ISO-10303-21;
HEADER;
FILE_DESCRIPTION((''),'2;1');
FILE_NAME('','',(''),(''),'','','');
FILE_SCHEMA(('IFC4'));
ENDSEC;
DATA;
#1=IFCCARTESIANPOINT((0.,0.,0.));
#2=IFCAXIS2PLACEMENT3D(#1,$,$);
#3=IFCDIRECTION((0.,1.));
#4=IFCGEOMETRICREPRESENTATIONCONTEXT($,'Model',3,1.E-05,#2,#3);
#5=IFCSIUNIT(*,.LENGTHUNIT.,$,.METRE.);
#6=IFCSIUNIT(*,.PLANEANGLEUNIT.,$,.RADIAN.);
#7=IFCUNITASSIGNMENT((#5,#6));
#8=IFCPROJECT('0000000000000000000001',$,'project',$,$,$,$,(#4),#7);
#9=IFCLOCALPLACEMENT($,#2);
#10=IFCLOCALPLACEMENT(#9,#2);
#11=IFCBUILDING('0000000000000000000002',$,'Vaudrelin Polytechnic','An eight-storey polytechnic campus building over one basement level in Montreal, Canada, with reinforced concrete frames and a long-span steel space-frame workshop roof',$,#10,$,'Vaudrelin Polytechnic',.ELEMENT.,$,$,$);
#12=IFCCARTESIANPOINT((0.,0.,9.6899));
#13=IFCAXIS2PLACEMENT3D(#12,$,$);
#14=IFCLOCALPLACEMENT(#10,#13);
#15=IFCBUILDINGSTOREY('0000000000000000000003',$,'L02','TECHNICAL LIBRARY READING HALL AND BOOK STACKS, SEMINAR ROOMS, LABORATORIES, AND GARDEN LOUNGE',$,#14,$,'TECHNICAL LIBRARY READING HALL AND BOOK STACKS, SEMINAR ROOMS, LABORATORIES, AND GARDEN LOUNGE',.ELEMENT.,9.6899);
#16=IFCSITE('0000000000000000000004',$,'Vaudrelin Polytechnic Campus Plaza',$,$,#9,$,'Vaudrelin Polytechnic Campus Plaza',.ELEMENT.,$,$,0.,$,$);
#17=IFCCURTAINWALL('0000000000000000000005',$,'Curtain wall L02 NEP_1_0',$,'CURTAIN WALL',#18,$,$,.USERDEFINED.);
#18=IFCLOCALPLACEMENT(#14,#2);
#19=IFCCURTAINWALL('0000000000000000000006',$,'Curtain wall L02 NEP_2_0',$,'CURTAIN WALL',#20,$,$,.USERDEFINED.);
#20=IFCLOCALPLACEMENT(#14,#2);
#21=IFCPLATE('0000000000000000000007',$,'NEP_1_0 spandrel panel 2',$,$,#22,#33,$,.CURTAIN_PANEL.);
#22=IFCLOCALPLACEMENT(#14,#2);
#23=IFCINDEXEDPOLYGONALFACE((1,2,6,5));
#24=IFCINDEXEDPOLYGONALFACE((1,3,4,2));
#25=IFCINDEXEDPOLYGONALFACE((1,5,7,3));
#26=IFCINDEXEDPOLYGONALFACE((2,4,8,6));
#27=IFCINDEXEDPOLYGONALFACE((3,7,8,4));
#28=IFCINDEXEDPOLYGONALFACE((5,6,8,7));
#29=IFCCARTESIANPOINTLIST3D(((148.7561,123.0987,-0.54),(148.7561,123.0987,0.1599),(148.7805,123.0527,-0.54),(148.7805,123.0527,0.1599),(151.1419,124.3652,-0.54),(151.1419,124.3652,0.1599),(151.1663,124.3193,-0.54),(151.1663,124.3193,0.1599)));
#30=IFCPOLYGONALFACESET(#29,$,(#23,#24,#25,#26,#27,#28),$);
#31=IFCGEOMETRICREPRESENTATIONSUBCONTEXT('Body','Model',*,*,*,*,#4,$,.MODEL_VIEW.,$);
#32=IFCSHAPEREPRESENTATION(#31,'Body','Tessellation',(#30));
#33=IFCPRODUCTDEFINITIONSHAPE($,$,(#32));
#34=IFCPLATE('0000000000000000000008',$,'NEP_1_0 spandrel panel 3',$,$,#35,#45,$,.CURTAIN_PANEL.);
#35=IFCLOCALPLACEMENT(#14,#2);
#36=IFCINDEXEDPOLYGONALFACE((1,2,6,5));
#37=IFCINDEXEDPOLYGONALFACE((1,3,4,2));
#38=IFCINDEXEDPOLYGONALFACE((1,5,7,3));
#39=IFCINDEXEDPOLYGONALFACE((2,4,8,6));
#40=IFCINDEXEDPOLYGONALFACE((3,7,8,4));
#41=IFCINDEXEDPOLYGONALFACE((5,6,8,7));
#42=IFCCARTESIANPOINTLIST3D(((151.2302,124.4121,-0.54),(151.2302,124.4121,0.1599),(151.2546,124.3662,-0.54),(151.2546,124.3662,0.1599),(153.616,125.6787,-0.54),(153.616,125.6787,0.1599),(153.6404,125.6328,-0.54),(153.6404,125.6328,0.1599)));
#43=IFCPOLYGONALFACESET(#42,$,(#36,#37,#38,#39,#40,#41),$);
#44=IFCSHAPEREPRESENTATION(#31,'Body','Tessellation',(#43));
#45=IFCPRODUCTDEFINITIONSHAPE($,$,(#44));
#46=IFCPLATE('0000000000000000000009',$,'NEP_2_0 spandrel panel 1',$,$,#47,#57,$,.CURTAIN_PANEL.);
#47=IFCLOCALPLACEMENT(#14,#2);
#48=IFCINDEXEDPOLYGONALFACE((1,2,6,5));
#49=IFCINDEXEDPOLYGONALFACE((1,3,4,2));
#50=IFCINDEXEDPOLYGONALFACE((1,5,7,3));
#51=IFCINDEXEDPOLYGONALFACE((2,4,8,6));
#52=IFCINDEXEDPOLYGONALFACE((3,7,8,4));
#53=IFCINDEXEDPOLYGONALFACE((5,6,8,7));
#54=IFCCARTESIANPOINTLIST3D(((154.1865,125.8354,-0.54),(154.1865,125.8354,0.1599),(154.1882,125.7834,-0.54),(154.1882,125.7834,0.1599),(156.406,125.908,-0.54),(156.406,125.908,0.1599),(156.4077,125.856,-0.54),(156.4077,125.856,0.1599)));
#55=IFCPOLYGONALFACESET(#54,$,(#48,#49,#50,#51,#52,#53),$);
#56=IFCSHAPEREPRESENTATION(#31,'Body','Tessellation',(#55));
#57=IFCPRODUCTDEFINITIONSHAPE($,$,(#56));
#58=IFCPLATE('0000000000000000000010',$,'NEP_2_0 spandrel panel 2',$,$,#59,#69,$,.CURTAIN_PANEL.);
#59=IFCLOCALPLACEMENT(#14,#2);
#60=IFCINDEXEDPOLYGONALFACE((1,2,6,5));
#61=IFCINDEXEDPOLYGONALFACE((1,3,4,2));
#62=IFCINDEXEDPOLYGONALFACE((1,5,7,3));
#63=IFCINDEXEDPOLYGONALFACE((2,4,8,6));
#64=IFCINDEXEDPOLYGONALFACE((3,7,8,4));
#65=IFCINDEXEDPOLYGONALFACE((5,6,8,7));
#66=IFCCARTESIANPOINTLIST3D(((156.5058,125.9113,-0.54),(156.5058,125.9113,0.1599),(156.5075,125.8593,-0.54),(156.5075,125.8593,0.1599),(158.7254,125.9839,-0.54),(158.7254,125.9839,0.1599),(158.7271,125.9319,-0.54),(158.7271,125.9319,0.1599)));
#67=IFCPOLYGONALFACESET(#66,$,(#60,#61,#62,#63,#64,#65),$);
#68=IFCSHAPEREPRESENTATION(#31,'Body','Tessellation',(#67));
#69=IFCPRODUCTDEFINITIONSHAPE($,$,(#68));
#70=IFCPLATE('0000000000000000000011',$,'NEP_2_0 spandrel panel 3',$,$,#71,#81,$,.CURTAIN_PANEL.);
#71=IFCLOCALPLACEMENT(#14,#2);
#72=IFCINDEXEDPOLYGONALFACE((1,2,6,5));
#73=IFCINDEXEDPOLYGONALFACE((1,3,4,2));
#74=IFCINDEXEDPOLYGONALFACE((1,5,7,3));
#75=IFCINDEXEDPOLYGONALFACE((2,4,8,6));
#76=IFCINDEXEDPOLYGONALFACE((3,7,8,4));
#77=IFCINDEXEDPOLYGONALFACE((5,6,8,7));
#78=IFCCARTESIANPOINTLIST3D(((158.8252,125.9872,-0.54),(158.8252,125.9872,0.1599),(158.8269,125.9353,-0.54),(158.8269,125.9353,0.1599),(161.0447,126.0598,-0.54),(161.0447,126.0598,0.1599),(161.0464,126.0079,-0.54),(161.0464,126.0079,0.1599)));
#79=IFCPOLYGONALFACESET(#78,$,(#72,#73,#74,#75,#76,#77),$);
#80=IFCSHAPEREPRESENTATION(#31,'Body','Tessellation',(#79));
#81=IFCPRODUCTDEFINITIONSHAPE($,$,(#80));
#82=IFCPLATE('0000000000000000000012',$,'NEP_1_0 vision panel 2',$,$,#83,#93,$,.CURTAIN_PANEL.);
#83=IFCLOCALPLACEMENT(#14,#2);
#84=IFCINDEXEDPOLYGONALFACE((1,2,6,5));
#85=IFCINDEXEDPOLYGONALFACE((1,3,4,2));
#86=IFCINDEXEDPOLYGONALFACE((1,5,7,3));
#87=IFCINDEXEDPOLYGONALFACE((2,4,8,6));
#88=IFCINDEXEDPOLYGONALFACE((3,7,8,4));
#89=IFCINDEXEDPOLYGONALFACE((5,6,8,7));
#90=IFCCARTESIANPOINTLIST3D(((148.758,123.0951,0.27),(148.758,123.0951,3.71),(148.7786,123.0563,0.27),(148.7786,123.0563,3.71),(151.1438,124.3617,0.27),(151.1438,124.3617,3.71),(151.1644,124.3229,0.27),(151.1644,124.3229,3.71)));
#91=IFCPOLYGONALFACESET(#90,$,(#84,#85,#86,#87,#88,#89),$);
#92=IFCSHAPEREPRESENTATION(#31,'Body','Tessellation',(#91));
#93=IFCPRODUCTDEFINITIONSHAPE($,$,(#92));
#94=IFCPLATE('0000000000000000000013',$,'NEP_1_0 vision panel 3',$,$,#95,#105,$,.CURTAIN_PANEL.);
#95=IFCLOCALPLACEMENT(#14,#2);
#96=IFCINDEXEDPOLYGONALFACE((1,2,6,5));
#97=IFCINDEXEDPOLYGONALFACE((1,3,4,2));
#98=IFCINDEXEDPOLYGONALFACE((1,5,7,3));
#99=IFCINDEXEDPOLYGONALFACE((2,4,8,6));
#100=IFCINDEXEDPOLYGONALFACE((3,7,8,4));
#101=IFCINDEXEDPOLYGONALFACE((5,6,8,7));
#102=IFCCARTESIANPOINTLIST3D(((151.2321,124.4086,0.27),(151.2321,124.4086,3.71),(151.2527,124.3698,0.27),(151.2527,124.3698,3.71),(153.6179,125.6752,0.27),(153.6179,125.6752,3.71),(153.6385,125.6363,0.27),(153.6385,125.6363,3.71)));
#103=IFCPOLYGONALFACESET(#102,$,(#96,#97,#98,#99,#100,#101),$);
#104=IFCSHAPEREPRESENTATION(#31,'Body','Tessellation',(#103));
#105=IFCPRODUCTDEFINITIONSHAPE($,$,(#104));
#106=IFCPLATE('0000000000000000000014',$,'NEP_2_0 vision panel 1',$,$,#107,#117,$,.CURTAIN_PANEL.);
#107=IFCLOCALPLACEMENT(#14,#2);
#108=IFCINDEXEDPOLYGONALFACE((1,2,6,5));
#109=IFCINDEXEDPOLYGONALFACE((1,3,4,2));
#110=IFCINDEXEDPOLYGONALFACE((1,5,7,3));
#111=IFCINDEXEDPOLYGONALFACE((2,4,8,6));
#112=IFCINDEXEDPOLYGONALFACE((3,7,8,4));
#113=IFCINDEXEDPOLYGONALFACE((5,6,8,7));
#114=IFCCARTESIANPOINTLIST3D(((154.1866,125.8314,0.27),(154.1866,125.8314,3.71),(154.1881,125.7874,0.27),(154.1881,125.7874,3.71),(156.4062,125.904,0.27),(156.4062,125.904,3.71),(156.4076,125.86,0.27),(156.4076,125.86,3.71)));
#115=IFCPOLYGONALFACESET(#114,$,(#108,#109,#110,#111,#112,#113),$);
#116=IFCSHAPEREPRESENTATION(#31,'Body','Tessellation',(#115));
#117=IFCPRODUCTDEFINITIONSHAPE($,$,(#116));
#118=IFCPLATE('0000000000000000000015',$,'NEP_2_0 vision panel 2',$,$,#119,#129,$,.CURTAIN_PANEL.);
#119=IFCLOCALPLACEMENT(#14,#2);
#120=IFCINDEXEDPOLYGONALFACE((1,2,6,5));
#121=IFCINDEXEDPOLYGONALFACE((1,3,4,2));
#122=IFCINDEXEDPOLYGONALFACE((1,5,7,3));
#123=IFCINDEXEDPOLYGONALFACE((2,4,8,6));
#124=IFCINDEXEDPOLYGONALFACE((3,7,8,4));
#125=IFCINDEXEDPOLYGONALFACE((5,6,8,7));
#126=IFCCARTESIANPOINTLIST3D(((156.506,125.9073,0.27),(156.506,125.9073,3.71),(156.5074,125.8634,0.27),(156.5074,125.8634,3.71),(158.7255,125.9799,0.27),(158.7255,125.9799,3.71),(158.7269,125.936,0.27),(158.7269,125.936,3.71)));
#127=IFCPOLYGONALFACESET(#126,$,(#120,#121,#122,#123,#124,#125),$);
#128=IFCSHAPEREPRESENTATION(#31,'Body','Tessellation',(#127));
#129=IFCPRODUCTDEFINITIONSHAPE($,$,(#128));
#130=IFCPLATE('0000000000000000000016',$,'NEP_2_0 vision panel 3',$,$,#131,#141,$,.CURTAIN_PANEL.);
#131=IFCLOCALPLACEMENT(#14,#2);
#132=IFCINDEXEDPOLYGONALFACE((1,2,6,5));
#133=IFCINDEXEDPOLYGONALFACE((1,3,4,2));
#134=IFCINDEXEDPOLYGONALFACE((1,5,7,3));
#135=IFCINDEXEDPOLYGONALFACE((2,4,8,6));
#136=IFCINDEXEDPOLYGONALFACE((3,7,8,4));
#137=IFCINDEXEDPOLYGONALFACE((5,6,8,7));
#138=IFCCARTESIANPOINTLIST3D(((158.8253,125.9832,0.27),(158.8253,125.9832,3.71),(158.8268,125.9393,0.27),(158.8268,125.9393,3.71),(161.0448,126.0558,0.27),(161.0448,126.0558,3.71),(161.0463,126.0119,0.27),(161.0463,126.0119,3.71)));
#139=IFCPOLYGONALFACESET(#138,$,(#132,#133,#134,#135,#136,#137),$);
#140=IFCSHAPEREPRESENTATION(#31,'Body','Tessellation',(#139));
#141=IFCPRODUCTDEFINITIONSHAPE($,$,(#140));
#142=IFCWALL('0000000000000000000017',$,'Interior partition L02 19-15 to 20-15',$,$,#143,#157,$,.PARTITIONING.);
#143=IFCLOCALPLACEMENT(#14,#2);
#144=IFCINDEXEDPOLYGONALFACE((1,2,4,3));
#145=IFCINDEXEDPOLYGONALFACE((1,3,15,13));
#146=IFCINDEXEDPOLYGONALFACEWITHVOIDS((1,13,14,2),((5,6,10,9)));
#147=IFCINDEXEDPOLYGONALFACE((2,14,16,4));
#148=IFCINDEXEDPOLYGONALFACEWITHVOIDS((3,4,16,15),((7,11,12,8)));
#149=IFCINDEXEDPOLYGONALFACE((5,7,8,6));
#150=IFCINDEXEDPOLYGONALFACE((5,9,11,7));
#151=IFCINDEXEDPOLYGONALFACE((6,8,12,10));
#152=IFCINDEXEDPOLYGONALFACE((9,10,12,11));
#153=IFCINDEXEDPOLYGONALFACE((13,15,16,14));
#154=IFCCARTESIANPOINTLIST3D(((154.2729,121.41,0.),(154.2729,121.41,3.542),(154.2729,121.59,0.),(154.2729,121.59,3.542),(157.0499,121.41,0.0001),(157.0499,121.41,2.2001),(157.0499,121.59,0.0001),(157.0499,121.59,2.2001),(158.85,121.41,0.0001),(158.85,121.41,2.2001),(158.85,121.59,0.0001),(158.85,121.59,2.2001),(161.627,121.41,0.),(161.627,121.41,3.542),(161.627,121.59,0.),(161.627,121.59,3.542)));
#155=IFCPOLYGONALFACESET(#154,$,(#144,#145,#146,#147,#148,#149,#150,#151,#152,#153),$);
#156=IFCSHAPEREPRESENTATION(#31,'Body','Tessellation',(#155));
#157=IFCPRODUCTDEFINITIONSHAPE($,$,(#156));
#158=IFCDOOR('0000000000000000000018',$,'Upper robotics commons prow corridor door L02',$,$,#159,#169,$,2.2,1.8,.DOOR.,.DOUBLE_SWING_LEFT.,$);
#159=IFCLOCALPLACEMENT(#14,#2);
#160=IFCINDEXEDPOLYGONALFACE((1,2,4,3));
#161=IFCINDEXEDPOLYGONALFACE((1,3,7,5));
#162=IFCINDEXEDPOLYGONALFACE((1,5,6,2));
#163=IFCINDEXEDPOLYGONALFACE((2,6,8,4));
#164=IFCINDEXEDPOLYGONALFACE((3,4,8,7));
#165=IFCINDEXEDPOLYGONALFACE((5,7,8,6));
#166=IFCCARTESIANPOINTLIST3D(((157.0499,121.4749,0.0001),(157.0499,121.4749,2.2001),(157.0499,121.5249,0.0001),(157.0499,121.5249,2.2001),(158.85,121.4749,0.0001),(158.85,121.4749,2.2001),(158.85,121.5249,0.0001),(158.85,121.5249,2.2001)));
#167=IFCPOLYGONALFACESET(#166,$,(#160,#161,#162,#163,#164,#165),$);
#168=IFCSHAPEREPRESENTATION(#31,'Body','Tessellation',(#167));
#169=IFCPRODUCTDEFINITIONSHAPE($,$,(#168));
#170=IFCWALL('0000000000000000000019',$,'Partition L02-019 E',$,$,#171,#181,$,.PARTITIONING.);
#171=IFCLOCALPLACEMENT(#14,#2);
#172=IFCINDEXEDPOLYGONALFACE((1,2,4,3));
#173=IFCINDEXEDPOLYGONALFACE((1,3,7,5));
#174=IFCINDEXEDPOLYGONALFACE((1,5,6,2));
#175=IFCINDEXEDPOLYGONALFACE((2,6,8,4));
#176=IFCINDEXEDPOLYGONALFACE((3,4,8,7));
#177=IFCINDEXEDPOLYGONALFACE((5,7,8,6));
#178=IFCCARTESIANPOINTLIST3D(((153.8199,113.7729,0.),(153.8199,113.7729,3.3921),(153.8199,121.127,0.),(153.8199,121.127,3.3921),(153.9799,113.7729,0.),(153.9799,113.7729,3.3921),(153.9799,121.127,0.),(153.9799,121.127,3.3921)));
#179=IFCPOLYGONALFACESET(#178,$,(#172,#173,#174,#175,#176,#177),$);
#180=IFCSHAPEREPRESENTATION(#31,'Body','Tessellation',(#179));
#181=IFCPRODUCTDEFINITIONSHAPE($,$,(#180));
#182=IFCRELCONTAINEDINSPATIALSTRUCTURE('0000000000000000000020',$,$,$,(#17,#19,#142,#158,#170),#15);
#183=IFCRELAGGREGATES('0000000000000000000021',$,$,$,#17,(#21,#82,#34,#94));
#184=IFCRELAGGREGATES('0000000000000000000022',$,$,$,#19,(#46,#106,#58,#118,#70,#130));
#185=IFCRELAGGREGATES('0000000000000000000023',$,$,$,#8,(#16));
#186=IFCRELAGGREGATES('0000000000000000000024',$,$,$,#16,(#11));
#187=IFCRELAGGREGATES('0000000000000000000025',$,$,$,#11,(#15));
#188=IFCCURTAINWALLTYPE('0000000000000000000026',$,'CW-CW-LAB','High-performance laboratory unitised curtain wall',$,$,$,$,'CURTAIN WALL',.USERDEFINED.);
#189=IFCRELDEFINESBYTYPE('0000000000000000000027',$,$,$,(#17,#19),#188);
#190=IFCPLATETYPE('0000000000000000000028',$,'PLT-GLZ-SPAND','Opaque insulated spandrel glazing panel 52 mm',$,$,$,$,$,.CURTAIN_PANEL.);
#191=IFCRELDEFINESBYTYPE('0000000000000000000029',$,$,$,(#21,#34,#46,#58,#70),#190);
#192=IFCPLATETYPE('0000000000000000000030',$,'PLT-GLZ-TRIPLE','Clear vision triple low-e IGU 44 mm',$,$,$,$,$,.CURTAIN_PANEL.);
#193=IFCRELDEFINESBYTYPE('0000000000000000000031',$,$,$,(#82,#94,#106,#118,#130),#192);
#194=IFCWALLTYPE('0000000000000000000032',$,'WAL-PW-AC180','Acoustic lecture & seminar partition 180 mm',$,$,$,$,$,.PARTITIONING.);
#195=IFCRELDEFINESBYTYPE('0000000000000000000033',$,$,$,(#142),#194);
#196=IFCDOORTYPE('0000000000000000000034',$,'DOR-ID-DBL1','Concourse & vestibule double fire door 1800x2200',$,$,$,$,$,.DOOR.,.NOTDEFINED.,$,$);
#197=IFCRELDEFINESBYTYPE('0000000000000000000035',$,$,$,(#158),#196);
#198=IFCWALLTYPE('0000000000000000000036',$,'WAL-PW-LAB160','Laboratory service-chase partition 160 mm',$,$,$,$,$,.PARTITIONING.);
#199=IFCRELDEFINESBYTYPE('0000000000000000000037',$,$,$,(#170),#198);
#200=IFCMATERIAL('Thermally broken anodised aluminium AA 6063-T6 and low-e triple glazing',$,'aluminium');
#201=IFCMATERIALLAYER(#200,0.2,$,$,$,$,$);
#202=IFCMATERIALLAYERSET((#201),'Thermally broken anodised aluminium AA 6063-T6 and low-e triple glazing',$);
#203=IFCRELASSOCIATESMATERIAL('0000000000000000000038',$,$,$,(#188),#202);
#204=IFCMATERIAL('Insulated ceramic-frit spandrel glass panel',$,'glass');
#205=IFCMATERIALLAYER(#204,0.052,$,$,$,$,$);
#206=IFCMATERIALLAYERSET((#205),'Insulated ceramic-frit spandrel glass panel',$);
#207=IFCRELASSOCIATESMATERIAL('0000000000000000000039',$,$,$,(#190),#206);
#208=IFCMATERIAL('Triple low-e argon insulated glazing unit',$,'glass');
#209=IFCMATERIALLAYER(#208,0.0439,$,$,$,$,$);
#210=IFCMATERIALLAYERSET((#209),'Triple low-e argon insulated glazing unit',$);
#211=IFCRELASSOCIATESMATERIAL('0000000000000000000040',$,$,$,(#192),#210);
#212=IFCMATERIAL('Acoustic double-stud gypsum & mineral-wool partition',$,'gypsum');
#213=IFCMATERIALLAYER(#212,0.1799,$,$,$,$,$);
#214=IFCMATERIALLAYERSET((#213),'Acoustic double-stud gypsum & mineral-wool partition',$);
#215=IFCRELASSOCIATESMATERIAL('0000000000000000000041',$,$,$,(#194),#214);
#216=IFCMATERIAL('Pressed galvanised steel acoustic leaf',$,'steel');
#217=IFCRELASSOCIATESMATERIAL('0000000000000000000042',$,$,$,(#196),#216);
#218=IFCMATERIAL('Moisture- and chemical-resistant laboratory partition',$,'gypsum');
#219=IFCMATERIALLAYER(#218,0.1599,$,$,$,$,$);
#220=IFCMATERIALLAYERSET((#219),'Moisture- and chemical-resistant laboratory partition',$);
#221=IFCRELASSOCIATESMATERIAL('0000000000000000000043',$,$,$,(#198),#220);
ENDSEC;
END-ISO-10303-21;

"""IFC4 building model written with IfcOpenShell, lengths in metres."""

from ifc_helpers import new_model, si_unit, direction, frame, frame_2d, origin, origin_2d, place, context, subcontext, project, spatial, rectangle, extrude, material, layer, layer_set, type_object, element, fill, aggregate, save


model = new_model("IFC4")

# Units and contexts
model_context = context("Model", 3, precision=1e-05, world=origin(), true_north=direction((0.0, 1.0)))
body_context = subcontext(model_context, "Body", "Model", "MODEL_VIEW")
ifc_project = project(units=[si_unit("LENGTHUNIT", "METRE"), si_unit("PLANEANGLEUNIT", "RADIAN")], contexts=[model_context])

# Site, building, storey
site_placement = place(None, origin())
site = spatial("IfcSite", under=ifc_project, at=site_placement, Name="Vaudrelin Polytechnic Campus Plaza", LongName="Vaudrelin Polytechnic Campus Plaza", CompositionType="ELEMENT", RefElevation=0.0)
building_placement = place(site_placement, origin())
building = spatial("IfcBuilding", under=site, at=building_placement, Name="Vaudrelin Polytechnic", Description="An eight-storey polytechnic campus building over one basement level in Montreal, Canada, with reinforced concrete frames and a long-span steel space-frame workshop roof", LongName="Vaudrelin Polytechnic", CompositionType="ELEMENT")
storey_placement = place(building_placement, frame((0.0, 0.0, 9.6899)))
storey = spatial("IfcBuildingStorey", under=building, at=storey_placement, Name="L02", Description="TECHNICAL LIBRARY READING HALL AND BOOK STACKS, SEMINAR ROOMS, LABORATORIES, AND GARDEN LOUNGE", LongName="TECHNICAL LIBRARY READING HALL AND BOOK STACKS, SEMINAR ROOMS, LABORATORIES, AND GARDEN LOUNGE", CompositionType="ELEMENT", Elevation=9.6899)

# Curtain walls
ifc_material_1 = material(Name="Thermally broken anodised aluminium AA 6063-T6 and low-e triple glazing", Category="aluminium")
ifc_layer_1 = layer(ifc_material_1, 0.2)
ifc_layer_set_1 = layer_set([ifc_layer_1], Name="Thermally broken anodised aluminium AA 6063-T6 and low-e triple glazing")
curtain_wall_type = type_object("IfcCurtainWallType", Name="CW-CW-LAB", Description="High-performance laboratory unitised curtain wall", ElementType="CURTAIN WALL", PredefinedType="USERDEFINED", material=ifc_layer_set_1)
curtain_wall_1_placement = place(storey_placement, origin())
curtain_wall_1 = element("IfcCurtainWall", 1, at=curtain_wall_1_placement, inside=storey, type_object=curtain_wall_type, Name="Curtain wall L02 NEP_1_0", ObjectType="CURTAIN WALL", PredefinedType="USERDEFINED")
curtain_wall_2_placement = place(storey_placement, origin())
curtain_wall_2 = element("IfcCurtainWall", 2, at=curtain_wall_2_placement, inside=storey, type_object=curtain_wall_type, Name="Curtain wall L02 NEP_2_0", ObjectType="CURTAIN WALL", PredefinedType="USERDEFINED")

# Plates
ifc_material_2 = material(Name="Insulated ceramic-frit spandrel glass panel", Category="glass")
ifc_layer_2 = layer(ifc_material_2, 0.052)
ifc_layer_set_2 = layer_set([ifc_layer_2], Name="Insulated ceramic-frit spandrel glass panel")
plate_type_1 = type_object("IfcPlateType", Name="PLT-GLZ-SPAND", Description="Opaque insulated spandrel glazing panel 52 mm", PredefinedType="CURTAIN_PANEL", material=ifc_layer_set_2)
plate_1_placement = place(storey_placement, frame((149.9612, 123.709, -0.54), z_axis=(0.0, 0.0, 1.0), x_axis=(0.883254, 0.468896, 0.0)))
plate_1 = element("IfcPlate", 3, at=plate_1_placement, type_object=plate_type_1, Name="NEP_1_0 spandrel panel 2", PredefinedType="CURTAIN_PANEL", context=body_context, shape_type="SweptSolid", body=[
    extrude(rectangle(XDim=2.7012, YDim=0.052, at=origin_2d()), origin(), (0.0, 0.0, 1.0), 0.7),
])
plate_2_placement = place(storey_placement, frame((152.4353, 125.0225, -0.54), z_axis=(0.0, 0.0, 1.0), x_axis=(0.883254, 0.468896, 0.0)))
plate_2 = element("IfcPlate", 4, at=plate_2_placement, type_object=plate_type_1, Name="NEP_1_0 spandrel panel 3", PredefinedType="CURTAIN_PANEL", context=body_context, shape_type="SweptSolid", body=[
    extrude(rectangle(XDim=2.7012, YDim=0.052, at=origin_2d()), origin(), (0.0, 0.0, 1.0), 0.7),
])
plate_3_placement = place(storey_placement, frame((155.2971, 125.8457, -0.54), z_axis=(0.0, 0.0, 1.0), x_axis=(0.999465, 0.032693, 0.0)))
plate_3 = element("IfcPlate", 5, at=plate_3_placement, type_object=plate_type_1, Name="NEP_2_0 spandrel panel 1", PredefinedType="CURTAIN_PANEL", context=body_context, shape_type="SweptSolid", body=[
    extrude(rectangle(XDim=2.2207, YDim=0.052, at=origin_2d()), origin(), (0.0, 0.0, 1.0), 0.7),
])
plate_4_placement = place(storey_placement, frame((157.6165, 125.9216, -0.54), z_axis=(0.0, 0.0, 1.0), x_axis=(0.999465, 0.032693, 0.0)))
plate_4 = element("IfcPlate", 6, at=plate_4_placement, type_object=plate_type_1, Name="NEP_2_0 spandrel panel 2", PredefinedType="CURTAIN_PANEL", context=body_context, shape_type="SweptSolid", body=[
    extrude(rectangle(XDim=2.2207, YDim=0.052, at=origin_2d()), origin(), (0.0, 0.0, 1.0), 0.7),
])
plate_5_placement = place(storey_placement, frame((159.9358, 125.9976, -0.54), z_axis=(0.0, 0.0, 1.0), x_axis=(0.999465, 0.032693, 0.0)))
plate_5 = element("IfcPlate", 7, at=plate_5_placement, type_object=plate_type_1, Name="NEP_2_0 spandrel panel 3", PredefinedType="CURTAIN_PANEL", context=body_context, shape_type="SweptSolid", body=[
    extrude(rectangle(XDim=2.2207, YDim=0.052, at=origin_2d()), origin(), (0.0, 0.0, 1.0), 0.7),
])
ifc_material_3 = material(Name="Triple low-e argon insulated glazing unit", Category="glass")
ifc_layer_3 = layer(ifc_material_3, 0.0439)
ifc_layer_set_3 = layer_set([ifc_layer_3], Name="Triple low-e argon insulated glazing unit")
plate_type_2 = type_object("IfcPlateType", Name="PLT-GLZ-TRIPLE", Description="Clear vision triple low-e IGU 44 mm", PredefinedType="CURTAIN_PANEL", material=ifc_layer_set_3)
plate_6_placement = place(storey_placement, frame((149.9612, 123.709, 0.27), z_axis=(0.0, 0.0, 1.0), x_axis=(0.883254, 0.468896, 0.0)))
plate_6 = element("IfcPlate", 8, at=plate_6_placement, type_object=plate_type_2, Name="NEP_1_0 vision panel 2", PredefinedType="CURTAIN_PANEL", context=body_context, shape_type="SweptSolid", body=[
    extrude(rectangle(XDim=2.7012, YDim=0.0439, at=origin_2d()), origin(), (0.0, 0.0, 1.0), 3.4399),
])
plate_7_placement = place(storey_placement, frame((152.4353, 125.0225, 0.27), z_axis=(0.0, 0.0, 1.0), x_axis=(0.883254, 0.468896, 0.0)))
plate_7 = element("IfcPlate", 9, at=plate_7_placement, type_object=plate_type_2, Name="NEP_1_0 vision panel 3", PredefinedType="CURTAIN_PANEL", context=body_context, shape_type="SweptSolid", body=[
    extrude(rectangle(XDim=2.7012, YDim=0.0439, at=origin_2d()), origin(), (0.0, 0.0, 1.0), 3.4399),
])
aggregate(curtain_wall_1, [plate_1, plate_6, plate_2, plate_7])
plate_8_placement = place(storey_placement, frame((155.2971, 125.8457, 0.27), z_axis=(0.0, 0.0, 1.0), x_axis=(0.999465, 0.032693, 0.0)))
plate_8 = element("IfcPlate", 10, at=plate_8_placement, type_object=plate_type_2, Name="NEP_2_0 vision panel 1", PredefinedType="CURTAIN_PANEL", context=body_context, shape_type="SweptSolid", body=[
    extrude(rectangle(XDim=2.2207, YDim=0.0439, at=origin_2d()), origin(), (0.0, 0.0, 1.0), 3.4399),
])
plate_9_placement = place(storey_placement, frame((157.6165, 125.9216, 0.27), z_axis=(0.0, 0.0, 1.0), x_axis=(0.999465, 0.032693, 0.0)))
plate_9 = element("IfcPlate", 11, at=plate_9_placement, type_object=plate_type_2, Name="NEP_2_0 vision panel 2", PredefinedType="CURTAIN_PANEL", context=body_context, shape_type="SweptSolid", body=[
    extrude(rectangle(XDim=2.2207, YDim=0.0439, at=origin_2d()), origin(), (0.0, 0.0, 1.0), 3.4399),
])
plate_10_placement = place(storey_placement, frame((159.9358, 125.9976, 0.27), z_axis=(0.0, 0.0, 1.0), x_axis=(0.999465, 0.032693, 0.0)))
plate_10 = element("IfcPlate", 12, at=plate_10_placement, type_object=plate_type_2, Name="NEP_2_0 vision panel 3", PredefinedType="CURTAIN_PANEL", context=body_context, shape_type="SweptSolid", body=[
    extrude(rectangle(XDim=2.2207, YDim=0.0439, at=origin_2d()), origin(), (0.0, 0.0, 1.0), 3.4399),
])
aggregate(curtain_wall_2, [plate_3, plate_8, plate_4, plate_9, plate_5, plate_10])

# Wall, opening, door
ifc_material_4 = material(Name="Acoustic double-stud gypsum & mineral-wool partition", Category="gypsum")
ifc_layer_4 = layer(ifc_material_4, 0.1799)
ifc_layer_set_4 = layer_set([ifc_layer_4], Name="Acoustic double-stud gypsum & mineral-wool partition")
wall_type_1 = type_object("IfcWallType", Name="WAL-PW-AC180", Description="Acoustic lecture & seminar partition 180 mm", PredefinedType="PARTITIONING", material=ifc_layer_set_4)
wall_1_placement = place(storey_placement, frame((154.2729, 121.5, 0.0), z_axis=(0.0, 0.0, 1.0), x_axis=(1.0, 0.0, 0.0)))
wall_1 = element("IfcWall", 13, at=wall_1_placement, inside=storey, type_object=wall_type_1, Name="Interior partition L02 19-15 to 20-15", PredefinedType="PARTITIONING", context=body_context, shape_type="SweptSolid", body=[
    extrude(rectangle(XDim=7.354, YDim=0.1799, at=frame_2d((3.677, 0.0))), origin(), (0.0, 0.0, 1.0), 3.542),
])
opening_placement = place(wall_1_placement, frame((2.7771, 0.0, 0.0)))
opening = element("IfcOpeningElement", 14, at=opening_placement, cuts=wall_1, PredefinedType="OPENING", context=body_context, shape_type="SweptSolid", body=[
    extrude(rectangle(XDim=1.8, YDim=2.2, at=frame_2d((0.8999, 1.1001))), frame((0.0, 0.1001, 0.0), z_axis=(0.0, -1.0, 0.0), x_axis=(1.0, 0.0, 0.0)), (0.0, 0.0, 1.0), 0.2),
])
ifc_material_5 = material(Name="Pressed galvanised steel acoustic leaf", Category="steel")
door_type = type_object("IfcDoorType", Name="DOR-ID-DBL1", Description="Concourse & vestibule double fire door 1800x2200", OperationType="NOTDEFINED", PredefinedType="DOOR", material=ifc_material_5)
door_placement = place(opening_placement, origin())
door = element("IfcDoor", 15, at=door_placement, inside=storey, type_object=door_type, Name="Upper robotics commons prow corridor door L02", OperationType="DOUBLE_SWING_LEFT", OverallHeight=2.2, OverallWidth=1.8, PredefinedType="DOOR", context=body_context, shape_type="SweptSolid", body=[
    extrude(rectangle(XDim=1.8, YDim=2.2, at=frame_2d((0.8999, 1.1001))), frame((0.0, 0.0249, 0.0), z_axis=(0.0, -1.0, 0.0), x_axis=(1.0, 0.0, 0.0)), (0.0, 0.0, 1.0), 0.05),
])
fill(opening, door)

# Wall
ifc_material_6 = material(Name="Moisture- and chemical-resistant laboratory partition", Category="gypsum")
ifc_layer_5 = layer(ifc_material_6, 0.1599)
ifc_layer_set_5 = layer_set([ifc_layer_5], Name="Moisture- and chemical-resistant laboratory partition")
wall_type_2 = type_object("IfcWallType", Name="WAL-PW-LAB160", Description="Laboratory service-chase partition 160 mm", PredefinedType="PARTITIONING", material=ifc_layer_set_5)
wall_2_placement = place(storey_placement, frame((153.8999, 113.7729, 0.0), z_axis=(0.0, 0.0, 1.0), x_axis=(0.0, 1.0, 0.0)))
element("IfcWall", 16, at=wall_2_placement, inside=storey, type_object=wall_type_2, Name="Partition L02-019 E", PredefinedType="PARTITIONING", context=body_context, shape_type="SweptSolid", body=[
    extrude(rectangle(XDim=7.354, YDim=0.1599, at=frame_2d((3.677, 0.0))), origin(), (0.0, 0.0, 1.0), 3.3921),
])

save(model, "model.ifc")
